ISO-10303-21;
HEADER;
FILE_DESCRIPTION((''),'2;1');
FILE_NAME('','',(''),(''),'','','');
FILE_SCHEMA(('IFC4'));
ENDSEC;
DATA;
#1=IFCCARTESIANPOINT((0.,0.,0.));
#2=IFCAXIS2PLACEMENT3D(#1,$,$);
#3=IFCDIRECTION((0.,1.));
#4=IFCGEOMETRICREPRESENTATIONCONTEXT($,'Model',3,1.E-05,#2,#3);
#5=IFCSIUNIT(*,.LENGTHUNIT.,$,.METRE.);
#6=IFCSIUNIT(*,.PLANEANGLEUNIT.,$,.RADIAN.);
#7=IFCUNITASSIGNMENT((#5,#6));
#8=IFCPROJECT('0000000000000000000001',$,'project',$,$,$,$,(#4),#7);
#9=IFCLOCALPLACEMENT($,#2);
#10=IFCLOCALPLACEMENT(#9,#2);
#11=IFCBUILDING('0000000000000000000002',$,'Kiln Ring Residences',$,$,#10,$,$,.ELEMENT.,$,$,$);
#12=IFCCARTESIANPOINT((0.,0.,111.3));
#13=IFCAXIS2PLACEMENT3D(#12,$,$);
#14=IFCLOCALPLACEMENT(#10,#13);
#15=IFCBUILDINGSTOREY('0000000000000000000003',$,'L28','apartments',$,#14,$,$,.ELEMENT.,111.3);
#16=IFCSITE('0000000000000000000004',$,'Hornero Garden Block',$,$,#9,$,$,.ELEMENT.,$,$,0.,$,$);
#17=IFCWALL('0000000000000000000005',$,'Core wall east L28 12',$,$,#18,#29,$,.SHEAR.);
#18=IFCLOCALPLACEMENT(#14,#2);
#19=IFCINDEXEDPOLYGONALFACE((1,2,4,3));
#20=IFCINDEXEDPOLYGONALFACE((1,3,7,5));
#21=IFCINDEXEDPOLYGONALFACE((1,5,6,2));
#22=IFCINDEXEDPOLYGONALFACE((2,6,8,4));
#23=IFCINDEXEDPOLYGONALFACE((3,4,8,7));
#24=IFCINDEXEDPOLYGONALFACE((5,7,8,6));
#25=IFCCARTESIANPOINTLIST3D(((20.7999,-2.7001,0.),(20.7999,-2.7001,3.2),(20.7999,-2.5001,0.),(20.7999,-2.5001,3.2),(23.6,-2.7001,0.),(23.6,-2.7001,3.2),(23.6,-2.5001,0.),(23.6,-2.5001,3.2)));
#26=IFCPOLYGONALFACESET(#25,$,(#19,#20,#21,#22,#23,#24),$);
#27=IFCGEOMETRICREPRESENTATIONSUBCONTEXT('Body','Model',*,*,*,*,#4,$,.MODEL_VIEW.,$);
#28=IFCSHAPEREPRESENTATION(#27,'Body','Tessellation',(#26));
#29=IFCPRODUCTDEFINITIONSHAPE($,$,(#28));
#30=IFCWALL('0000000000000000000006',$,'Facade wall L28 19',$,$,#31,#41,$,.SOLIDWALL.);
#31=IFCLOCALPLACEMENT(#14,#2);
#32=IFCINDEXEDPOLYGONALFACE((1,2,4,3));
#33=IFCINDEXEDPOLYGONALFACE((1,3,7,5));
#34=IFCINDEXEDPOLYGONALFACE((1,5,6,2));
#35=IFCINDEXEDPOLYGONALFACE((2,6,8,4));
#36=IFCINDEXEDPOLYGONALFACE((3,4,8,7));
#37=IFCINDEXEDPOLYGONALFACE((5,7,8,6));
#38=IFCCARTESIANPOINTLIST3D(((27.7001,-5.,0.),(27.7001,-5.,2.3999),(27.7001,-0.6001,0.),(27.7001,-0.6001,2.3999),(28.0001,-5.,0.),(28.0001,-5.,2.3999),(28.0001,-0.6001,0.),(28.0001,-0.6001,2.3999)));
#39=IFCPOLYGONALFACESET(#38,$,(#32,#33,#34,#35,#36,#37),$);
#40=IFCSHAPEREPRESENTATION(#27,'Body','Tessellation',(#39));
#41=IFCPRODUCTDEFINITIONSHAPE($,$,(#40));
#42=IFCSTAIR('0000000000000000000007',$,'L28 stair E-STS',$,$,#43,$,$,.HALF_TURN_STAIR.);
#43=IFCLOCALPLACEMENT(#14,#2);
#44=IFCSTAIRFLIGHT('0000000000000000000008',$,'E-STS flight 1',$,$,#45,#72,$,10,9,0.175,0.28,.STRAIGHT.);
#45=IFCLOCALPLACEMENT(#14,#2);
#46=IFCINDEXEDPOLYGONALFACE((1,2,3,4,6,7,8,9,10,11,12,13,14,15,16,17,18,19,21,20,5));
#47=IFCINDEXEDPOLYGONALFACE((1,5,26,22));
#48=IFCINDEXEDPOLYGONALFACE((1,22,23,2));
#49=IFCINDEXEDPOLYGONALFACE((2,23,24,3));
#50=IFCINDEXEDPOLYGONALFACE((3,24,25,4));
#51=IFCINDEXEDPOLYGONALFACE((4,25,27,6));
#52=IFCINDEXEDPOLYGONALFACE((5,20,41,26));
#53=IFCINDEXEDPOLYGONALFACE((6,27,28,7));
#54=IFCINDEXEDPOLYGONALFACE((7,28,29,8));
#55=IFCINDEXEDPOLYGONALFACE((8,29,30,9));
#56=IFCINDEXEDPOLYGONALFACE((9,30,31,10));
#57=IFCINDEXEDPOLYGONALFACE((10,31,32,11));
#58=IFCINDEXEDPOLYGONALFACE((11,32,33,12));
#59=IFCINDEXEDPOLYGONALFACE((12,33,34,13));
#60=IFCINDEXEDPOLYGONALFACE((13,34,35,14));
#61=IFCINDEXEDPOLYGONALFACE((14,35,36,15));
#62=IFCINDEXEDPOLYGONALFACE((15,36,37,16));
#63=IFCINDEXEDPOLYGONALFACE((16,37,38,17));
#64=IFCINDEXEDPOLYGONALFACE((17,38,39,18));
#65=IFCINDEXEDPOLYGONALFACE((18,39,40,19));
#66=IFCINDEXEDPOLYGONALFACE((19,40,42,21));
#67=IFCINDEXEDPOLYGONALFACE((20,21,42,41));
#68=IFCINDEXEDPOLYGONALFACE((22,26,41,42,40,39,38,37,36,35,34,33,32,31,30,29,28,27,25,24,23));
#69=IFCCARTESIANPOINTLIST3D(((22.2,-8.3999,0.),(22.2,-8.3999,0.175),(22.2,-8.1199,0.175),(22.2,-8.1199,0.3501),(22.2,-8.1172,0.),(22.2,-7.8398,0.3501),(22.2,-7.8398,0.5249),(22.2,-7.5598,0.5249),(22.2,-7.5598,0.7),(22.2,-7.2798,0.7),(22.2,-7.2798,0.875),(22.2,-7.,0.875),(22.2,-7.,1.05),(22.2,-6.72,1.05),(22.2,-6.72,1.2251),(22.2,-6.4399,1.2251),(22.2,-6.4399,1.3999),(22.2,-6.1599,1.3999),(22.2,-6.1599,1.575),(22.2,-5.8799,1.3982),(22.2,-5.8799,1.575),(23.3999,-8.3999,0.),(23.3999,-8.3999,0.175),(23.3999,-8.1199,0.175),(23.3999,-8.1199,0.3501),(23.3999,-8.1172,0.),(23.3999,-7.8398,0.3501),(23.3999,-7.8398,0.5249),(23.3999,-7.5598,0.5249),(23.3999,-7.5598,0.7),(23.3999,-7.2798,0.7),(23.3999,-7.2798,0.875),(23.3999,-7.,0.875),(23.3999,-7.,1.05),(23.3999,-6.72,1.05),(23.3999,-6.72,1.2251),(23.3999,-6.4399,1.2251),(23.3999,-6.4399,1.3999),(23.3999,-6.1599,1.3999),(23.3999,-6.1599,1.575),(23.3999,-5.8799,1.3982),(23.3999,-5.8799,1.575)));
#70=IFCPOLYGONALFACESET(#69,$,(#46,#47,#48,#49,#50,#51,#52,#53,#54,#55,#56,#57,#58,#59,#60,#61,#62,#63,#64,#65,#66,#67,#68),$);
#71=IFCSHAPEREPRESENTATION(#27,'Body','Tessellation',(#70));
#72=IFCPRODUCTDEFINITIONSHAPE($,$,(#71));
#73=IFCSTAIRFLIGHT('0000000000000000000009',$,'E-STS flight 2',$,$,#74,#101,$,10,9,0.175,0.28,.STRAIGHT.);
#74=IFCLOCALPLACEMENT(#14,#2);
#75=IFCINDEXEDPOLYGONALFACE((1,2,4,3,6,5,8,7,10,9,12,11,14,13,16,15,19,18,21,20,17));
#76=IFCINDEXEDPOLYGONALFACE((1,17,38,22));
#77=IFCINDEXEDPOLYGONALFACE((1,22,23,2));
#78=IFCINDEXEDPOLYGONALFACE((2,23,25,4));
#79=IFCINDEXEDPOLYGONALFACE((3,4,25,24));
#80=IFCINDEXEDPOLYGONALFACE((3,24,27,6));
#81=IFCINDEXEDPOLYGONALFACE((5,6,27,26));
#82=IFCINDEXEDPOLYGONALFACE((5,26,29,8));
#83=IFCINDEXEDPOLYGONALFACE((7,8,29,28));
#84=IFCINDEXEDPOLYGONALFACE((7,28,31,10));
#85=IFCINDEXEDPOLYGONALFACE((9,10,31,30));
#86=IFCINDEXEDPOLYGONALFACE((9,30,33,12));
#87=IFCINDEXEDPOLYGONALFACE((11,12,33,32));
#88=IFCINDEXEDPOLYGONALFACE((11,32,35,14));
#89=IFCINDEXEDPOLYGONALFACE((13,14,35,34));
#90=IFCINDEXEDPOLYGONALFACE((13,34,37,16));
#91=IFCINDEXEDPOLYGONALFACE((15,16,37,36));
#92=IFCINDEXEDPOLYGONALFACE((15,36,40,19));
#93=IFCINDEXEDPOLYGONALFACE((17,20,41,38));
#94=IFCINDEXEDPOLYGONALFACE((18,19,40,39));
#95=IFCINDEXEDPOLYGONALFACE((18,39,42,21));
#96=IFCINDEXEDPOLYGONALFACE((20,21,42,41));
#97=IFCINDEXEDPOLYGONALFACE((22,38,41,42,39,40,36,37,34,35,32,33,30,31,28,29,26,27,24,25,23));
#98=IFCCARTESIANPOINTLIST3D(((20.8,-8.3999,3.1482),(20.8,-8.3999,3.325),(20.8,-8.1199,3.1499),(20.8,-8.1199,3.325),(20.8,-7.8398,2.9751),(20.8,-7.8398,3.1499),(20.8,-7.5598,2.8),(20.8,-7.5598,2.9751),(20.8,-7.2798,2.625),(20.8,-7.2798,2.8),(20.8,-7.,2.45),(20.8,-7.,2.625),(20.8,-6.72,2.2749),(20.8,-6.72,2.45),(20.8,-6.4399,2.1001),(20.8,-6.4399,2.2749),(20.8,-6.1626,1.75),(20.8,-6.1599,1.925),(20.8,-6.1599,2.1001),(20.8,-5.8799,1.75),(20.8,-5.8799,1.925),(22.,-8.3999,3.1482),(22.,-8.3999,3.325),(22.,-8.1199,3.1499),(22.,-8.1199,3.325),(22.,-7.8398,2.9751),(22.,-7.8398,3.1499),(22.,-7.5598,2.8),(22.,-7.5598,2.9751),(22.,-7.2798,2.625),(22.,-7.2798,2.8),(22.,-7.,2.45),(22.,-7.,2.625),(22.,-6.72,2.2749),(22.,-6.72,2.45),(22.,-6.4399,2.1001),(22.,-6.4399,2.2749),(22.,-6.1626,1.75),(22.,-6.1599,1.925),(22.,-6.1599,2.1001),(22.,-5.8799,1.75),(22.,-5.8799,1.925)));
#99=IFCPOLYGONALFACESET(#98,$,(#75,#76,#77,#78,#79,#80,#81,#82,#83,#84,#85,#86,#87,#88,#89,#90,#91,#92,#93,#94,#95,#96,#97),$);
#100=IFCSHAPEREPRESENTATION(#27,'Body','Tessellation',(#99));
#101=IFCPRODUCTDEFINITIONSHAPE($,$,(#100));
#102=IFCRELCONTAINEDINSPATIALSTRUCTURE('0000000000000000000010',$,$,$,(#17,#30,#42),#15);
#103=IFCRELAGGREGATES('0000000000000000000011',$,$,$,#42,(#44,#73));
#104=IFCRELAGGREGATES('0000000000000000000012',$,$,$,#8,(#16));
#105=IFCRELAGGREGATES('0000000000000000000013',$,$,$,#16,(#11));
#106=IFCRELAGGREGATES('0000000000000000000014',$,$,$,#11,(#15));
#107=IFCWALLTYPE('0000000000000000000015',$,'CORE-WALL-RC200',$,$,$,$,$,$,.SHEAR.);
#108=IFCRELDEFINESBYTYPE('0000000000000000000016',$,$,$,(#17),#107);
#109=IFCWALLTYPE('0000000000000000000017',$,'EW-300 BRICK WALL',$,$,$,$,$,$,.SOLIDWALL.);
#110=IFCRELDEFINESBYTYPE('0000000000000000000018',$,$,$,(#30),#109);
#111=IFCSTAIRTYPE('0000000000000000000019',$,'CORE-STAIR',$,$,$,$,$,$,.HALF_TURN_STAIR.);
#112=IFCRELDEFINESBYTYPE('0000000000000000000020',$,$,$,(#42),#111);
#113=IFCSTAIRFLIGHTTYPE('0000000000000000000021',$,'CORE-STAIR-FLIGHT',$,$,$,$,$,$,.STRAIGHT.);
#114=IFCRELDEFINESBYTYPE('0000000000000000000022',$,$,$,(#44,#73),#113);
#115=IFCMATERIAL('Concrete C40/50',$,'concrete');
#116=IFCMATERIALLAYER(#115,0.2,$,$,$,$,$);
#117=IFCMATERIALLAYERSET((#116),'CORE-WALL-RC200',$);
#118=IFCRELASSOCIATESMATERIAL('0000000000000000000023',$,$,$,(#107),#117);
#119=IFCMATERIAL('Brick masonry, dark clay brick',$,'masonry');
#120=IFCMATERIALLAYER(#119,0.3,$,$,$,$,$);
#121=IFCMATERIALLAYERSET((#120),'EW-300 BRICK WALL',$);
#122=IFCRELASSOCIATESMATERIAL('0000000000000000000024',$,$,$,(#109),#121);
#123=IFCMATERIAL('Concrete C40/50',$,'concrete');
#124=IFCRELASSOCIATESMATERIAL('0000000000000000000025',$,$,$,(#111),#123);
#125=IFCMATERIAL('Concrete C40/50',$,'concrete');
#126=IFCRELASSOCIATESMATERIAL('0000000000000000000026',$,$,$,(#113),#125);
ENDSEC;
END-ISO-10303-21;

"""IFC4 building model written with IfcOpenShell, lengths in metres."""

from ifc_helpers import new_model, si_unit, direction, frame, frame_2d, origin, place, context, subcontext, project, spatial, polyline, rectangle, outline, extrude, material, layer, layer_set, type_object, element, aggregate, save


model = new_model("IFC4")

# Units and contexts
model_context = context("Model", 3, precision=1e-05, world=origin(), true_north=direction((0.0, 1.0)))
body_context = subcontext(model_context, "Body", "Model", "MODEL_VIEW")
ifc_project = project(units=[si_unit("LENGTHUNIT", "METRE"), si_unit("PLANEANGLEUNIT", "RADIAN")], contexts=[model_context])

# Site, building, storey
site_placement = place(None, origin())
site = spatial("IfcSite", under=ifc_project, at=site_placement, Name="Hornero Garden Block", CompositionType="ELEMENT", RefElevation=0.0)
building_placement = place(site_placement, origin())
building = spatial("IfcBuilding", under=site, at=building_placement, Name="Kiln Ring Residences", CompositionType="ELEMENT")
storey_placement = place(building_placement, frame((0.0, 0.0, 111.3)))
storey = spatial("IfcBuildingStorey", under=building, at=storey_placement, Name="L28", Description="apartments", CompositionType="ELEMENT", Elevation=111.3)

# Walls
ifc_material_1 = material(Name="Concrete C40/50", Category="concrete")
ifc_layer_1 = layer(ifc_material_1, 0.2)
ifc_layer_set_1 = layer_set([ifc_layer_1], Name="CORE-WALL-RC200")
wall_type_1 = type_object("IfcWallType", Name="CORE-WALL-RC200", PredefinedType="SHEAR", material=ifc_layer_set_1)
wall_1_placement = place(storey_placement, frame((20.8, -2.6001, 0.0), z_axis=(0.0, 0.0, 1.0), x_axis=(1.0, 0.0, 0.0)))
element("IfcWall", 1, at=wall_1_placement, inside=storey, type_object=wall_type_1, Name="Core wall east L28 12", PredefinedType="SHEAR", context=body_context, shape_type="SweptSolid", body=[
    extrude(rectangle(XDim=2.8, YDim=0.2, at=frame_2d((1.3999, 0.0))), origin(), (0.0, 0.0, 1.0), 3.2),
])
ifc_material_2 = material(Name="Brick masonry, dark clay brick", Category="masonry")
ifc_layer_2 = layer(ifc_material_2, 0.3)
ifc_layer_set_2 = layer_set([ifc_layer_2], Name="EW-300 BRICK WALL")
wall_type_2 = type_object("IfcWallType", Name="EW-300 BRICK WALL", PredefinedType="SOLIDWALL", material=ifc_layer_set_2)
wall_2_placement = place(storey_placement, frame((27.8501, -5.0, 0.0), z_axis=(0.0, 0.0, 1.0), x_axis=(0.0, 1.0, 0.0)))
element("IfcWall", 2, at=wall_2_placement, inside=storey, type_object=wall_type_2, Name="Facade wall L28 19", PredefinedType="SOLIDWALL", context=body_context, shape_type="SweptSolid", body=[
    extrude(rectangle(XDim=4.3999, YDim=0.3, at=frame_2d((2.2, 0.0))), origin(), (0.0, 0.0, 1.0), 2.3999),
])

# Stair, stair flights
ifc_material_3 = material(Name="Concrete C40/50", Category="concrete")
stair_type = type_object("IfcStairType", Name="CORE-STAIR", PredefinedType="HALF_TURN_STAIR", material=ifc_material_3)
stair_placement = place(storey_placement, origin())
stair = element("IfcStair", 3, at=stair_placement, inside=storey, type_object=stair_type, Name="L28 stair E-STS", PredefinedType="HALF_TURN_STAIR")
ifc_material_4 = material(Name="Concrete C40/50", Category="concrete")
stair_flight_type = type_object("IfcStairFlightType", Name="CORE-STAIR-FLIGHT", PredefinedType="STRAIGHT", material=ifc_material_4)
stair_flight_1_placement = place(storey_placement, frame((22.8, -8.3999, 0.0), z_axis=(0.0, 0.0, 1.0), x_axis=(0.0, 1.0, 0.0)))
stair_flight_1 = element("IfcStairFlight", 4, at=stair_flight_1_placement, type_object=stair_flight_type, Name="E-STS flight 1", NumberOfRisers=10, NumberOfTreads=9, PredefinedType="STRAIGHT", RiserHeight=0.175, TreadLength=0.28, context=body_context, shape_type="SweptSolid", body=[
    extrude(outline(polyline([(0.0, 0.0), (0.0, 0.175), (0.28, 0.175), (0.28, 0.3501), (0.5601, 0.3501), (0.5601, 0.5249), (0.8401, 0.5249), (0.8401, 0.7), (1.1201, 0.7), (1.1201, 0.875), (1.3999, 0.875), (1.3999, 1.05), (1.6799, 1.05), (1.6799, 1.2251), (1.96, 1.2251), (1.96, 1.3999), (2.24, 1.3999), (2.24, 1.575), (2.52, 1.575), (2.52, 1.75), (2.52, 1.3982), (0.2827, 0.0), (0.0, 0.0)])), frame((0.0, 0.6001, 0.0), z_axis=(0.0, -1.0, 0.0), x_axis=(1.0, 0.0, 0.0)), (0.0, 0.0, 1.0), 1.2),
])
stair_flight_2_placement = place(storey_placement, frame((21.3999, -5.8799, 1.75), z_axis=(0.0, 0.0, 1.0), x_axis=(0.0, -1.0, 0.0)))
stair_flight_2 = element("IfcStairFlight", 5, at=stair_flight_2_placement, type_object=stair_flight_type, Name="E-STS flight 2", NumberOfRisers=10, NumberOfTreads=9, PredefinedType="STRAIGHT", RiserHeight=0.175, TreadLength=0.28, context=body_context, shape_type="SweptSolid", body=[
    extrude(outline(polyline([(0.0, 0.0), (0.0, 0.175), (0.28, 0.175), (0.28, 0.3501), (0.5601, 0.3501), (0.5601, 0.5249), (0.8401, 0.5249), (0.8401, 0.7), (1.1201, 0.7), (1.1201, 0.875), (1.3999, 0.875), (1.3999, 1.05), (1.6799, 1.05), (1.6799, 1.2251), (1.96, 1.2251), (1.96, 1.3999), (2.24, 1.3999), (2.24, 1.575), (2.52, 1.575), (2.52, 1.75), (2.52, 1.3982), (0.2827, 0.0), (0.0, 0.0)])), frame((0.0, 0.6001, 0.0), z_axis=(0.0, -1.0, 0.0), x_axis=(1.0, 0.0, 0.0)), (0.0, 0.0, 1.0), 1.2),
])
aggregate(stair, [stair_flight_1, stair_flight_2])

save(model, "model.ifc")
